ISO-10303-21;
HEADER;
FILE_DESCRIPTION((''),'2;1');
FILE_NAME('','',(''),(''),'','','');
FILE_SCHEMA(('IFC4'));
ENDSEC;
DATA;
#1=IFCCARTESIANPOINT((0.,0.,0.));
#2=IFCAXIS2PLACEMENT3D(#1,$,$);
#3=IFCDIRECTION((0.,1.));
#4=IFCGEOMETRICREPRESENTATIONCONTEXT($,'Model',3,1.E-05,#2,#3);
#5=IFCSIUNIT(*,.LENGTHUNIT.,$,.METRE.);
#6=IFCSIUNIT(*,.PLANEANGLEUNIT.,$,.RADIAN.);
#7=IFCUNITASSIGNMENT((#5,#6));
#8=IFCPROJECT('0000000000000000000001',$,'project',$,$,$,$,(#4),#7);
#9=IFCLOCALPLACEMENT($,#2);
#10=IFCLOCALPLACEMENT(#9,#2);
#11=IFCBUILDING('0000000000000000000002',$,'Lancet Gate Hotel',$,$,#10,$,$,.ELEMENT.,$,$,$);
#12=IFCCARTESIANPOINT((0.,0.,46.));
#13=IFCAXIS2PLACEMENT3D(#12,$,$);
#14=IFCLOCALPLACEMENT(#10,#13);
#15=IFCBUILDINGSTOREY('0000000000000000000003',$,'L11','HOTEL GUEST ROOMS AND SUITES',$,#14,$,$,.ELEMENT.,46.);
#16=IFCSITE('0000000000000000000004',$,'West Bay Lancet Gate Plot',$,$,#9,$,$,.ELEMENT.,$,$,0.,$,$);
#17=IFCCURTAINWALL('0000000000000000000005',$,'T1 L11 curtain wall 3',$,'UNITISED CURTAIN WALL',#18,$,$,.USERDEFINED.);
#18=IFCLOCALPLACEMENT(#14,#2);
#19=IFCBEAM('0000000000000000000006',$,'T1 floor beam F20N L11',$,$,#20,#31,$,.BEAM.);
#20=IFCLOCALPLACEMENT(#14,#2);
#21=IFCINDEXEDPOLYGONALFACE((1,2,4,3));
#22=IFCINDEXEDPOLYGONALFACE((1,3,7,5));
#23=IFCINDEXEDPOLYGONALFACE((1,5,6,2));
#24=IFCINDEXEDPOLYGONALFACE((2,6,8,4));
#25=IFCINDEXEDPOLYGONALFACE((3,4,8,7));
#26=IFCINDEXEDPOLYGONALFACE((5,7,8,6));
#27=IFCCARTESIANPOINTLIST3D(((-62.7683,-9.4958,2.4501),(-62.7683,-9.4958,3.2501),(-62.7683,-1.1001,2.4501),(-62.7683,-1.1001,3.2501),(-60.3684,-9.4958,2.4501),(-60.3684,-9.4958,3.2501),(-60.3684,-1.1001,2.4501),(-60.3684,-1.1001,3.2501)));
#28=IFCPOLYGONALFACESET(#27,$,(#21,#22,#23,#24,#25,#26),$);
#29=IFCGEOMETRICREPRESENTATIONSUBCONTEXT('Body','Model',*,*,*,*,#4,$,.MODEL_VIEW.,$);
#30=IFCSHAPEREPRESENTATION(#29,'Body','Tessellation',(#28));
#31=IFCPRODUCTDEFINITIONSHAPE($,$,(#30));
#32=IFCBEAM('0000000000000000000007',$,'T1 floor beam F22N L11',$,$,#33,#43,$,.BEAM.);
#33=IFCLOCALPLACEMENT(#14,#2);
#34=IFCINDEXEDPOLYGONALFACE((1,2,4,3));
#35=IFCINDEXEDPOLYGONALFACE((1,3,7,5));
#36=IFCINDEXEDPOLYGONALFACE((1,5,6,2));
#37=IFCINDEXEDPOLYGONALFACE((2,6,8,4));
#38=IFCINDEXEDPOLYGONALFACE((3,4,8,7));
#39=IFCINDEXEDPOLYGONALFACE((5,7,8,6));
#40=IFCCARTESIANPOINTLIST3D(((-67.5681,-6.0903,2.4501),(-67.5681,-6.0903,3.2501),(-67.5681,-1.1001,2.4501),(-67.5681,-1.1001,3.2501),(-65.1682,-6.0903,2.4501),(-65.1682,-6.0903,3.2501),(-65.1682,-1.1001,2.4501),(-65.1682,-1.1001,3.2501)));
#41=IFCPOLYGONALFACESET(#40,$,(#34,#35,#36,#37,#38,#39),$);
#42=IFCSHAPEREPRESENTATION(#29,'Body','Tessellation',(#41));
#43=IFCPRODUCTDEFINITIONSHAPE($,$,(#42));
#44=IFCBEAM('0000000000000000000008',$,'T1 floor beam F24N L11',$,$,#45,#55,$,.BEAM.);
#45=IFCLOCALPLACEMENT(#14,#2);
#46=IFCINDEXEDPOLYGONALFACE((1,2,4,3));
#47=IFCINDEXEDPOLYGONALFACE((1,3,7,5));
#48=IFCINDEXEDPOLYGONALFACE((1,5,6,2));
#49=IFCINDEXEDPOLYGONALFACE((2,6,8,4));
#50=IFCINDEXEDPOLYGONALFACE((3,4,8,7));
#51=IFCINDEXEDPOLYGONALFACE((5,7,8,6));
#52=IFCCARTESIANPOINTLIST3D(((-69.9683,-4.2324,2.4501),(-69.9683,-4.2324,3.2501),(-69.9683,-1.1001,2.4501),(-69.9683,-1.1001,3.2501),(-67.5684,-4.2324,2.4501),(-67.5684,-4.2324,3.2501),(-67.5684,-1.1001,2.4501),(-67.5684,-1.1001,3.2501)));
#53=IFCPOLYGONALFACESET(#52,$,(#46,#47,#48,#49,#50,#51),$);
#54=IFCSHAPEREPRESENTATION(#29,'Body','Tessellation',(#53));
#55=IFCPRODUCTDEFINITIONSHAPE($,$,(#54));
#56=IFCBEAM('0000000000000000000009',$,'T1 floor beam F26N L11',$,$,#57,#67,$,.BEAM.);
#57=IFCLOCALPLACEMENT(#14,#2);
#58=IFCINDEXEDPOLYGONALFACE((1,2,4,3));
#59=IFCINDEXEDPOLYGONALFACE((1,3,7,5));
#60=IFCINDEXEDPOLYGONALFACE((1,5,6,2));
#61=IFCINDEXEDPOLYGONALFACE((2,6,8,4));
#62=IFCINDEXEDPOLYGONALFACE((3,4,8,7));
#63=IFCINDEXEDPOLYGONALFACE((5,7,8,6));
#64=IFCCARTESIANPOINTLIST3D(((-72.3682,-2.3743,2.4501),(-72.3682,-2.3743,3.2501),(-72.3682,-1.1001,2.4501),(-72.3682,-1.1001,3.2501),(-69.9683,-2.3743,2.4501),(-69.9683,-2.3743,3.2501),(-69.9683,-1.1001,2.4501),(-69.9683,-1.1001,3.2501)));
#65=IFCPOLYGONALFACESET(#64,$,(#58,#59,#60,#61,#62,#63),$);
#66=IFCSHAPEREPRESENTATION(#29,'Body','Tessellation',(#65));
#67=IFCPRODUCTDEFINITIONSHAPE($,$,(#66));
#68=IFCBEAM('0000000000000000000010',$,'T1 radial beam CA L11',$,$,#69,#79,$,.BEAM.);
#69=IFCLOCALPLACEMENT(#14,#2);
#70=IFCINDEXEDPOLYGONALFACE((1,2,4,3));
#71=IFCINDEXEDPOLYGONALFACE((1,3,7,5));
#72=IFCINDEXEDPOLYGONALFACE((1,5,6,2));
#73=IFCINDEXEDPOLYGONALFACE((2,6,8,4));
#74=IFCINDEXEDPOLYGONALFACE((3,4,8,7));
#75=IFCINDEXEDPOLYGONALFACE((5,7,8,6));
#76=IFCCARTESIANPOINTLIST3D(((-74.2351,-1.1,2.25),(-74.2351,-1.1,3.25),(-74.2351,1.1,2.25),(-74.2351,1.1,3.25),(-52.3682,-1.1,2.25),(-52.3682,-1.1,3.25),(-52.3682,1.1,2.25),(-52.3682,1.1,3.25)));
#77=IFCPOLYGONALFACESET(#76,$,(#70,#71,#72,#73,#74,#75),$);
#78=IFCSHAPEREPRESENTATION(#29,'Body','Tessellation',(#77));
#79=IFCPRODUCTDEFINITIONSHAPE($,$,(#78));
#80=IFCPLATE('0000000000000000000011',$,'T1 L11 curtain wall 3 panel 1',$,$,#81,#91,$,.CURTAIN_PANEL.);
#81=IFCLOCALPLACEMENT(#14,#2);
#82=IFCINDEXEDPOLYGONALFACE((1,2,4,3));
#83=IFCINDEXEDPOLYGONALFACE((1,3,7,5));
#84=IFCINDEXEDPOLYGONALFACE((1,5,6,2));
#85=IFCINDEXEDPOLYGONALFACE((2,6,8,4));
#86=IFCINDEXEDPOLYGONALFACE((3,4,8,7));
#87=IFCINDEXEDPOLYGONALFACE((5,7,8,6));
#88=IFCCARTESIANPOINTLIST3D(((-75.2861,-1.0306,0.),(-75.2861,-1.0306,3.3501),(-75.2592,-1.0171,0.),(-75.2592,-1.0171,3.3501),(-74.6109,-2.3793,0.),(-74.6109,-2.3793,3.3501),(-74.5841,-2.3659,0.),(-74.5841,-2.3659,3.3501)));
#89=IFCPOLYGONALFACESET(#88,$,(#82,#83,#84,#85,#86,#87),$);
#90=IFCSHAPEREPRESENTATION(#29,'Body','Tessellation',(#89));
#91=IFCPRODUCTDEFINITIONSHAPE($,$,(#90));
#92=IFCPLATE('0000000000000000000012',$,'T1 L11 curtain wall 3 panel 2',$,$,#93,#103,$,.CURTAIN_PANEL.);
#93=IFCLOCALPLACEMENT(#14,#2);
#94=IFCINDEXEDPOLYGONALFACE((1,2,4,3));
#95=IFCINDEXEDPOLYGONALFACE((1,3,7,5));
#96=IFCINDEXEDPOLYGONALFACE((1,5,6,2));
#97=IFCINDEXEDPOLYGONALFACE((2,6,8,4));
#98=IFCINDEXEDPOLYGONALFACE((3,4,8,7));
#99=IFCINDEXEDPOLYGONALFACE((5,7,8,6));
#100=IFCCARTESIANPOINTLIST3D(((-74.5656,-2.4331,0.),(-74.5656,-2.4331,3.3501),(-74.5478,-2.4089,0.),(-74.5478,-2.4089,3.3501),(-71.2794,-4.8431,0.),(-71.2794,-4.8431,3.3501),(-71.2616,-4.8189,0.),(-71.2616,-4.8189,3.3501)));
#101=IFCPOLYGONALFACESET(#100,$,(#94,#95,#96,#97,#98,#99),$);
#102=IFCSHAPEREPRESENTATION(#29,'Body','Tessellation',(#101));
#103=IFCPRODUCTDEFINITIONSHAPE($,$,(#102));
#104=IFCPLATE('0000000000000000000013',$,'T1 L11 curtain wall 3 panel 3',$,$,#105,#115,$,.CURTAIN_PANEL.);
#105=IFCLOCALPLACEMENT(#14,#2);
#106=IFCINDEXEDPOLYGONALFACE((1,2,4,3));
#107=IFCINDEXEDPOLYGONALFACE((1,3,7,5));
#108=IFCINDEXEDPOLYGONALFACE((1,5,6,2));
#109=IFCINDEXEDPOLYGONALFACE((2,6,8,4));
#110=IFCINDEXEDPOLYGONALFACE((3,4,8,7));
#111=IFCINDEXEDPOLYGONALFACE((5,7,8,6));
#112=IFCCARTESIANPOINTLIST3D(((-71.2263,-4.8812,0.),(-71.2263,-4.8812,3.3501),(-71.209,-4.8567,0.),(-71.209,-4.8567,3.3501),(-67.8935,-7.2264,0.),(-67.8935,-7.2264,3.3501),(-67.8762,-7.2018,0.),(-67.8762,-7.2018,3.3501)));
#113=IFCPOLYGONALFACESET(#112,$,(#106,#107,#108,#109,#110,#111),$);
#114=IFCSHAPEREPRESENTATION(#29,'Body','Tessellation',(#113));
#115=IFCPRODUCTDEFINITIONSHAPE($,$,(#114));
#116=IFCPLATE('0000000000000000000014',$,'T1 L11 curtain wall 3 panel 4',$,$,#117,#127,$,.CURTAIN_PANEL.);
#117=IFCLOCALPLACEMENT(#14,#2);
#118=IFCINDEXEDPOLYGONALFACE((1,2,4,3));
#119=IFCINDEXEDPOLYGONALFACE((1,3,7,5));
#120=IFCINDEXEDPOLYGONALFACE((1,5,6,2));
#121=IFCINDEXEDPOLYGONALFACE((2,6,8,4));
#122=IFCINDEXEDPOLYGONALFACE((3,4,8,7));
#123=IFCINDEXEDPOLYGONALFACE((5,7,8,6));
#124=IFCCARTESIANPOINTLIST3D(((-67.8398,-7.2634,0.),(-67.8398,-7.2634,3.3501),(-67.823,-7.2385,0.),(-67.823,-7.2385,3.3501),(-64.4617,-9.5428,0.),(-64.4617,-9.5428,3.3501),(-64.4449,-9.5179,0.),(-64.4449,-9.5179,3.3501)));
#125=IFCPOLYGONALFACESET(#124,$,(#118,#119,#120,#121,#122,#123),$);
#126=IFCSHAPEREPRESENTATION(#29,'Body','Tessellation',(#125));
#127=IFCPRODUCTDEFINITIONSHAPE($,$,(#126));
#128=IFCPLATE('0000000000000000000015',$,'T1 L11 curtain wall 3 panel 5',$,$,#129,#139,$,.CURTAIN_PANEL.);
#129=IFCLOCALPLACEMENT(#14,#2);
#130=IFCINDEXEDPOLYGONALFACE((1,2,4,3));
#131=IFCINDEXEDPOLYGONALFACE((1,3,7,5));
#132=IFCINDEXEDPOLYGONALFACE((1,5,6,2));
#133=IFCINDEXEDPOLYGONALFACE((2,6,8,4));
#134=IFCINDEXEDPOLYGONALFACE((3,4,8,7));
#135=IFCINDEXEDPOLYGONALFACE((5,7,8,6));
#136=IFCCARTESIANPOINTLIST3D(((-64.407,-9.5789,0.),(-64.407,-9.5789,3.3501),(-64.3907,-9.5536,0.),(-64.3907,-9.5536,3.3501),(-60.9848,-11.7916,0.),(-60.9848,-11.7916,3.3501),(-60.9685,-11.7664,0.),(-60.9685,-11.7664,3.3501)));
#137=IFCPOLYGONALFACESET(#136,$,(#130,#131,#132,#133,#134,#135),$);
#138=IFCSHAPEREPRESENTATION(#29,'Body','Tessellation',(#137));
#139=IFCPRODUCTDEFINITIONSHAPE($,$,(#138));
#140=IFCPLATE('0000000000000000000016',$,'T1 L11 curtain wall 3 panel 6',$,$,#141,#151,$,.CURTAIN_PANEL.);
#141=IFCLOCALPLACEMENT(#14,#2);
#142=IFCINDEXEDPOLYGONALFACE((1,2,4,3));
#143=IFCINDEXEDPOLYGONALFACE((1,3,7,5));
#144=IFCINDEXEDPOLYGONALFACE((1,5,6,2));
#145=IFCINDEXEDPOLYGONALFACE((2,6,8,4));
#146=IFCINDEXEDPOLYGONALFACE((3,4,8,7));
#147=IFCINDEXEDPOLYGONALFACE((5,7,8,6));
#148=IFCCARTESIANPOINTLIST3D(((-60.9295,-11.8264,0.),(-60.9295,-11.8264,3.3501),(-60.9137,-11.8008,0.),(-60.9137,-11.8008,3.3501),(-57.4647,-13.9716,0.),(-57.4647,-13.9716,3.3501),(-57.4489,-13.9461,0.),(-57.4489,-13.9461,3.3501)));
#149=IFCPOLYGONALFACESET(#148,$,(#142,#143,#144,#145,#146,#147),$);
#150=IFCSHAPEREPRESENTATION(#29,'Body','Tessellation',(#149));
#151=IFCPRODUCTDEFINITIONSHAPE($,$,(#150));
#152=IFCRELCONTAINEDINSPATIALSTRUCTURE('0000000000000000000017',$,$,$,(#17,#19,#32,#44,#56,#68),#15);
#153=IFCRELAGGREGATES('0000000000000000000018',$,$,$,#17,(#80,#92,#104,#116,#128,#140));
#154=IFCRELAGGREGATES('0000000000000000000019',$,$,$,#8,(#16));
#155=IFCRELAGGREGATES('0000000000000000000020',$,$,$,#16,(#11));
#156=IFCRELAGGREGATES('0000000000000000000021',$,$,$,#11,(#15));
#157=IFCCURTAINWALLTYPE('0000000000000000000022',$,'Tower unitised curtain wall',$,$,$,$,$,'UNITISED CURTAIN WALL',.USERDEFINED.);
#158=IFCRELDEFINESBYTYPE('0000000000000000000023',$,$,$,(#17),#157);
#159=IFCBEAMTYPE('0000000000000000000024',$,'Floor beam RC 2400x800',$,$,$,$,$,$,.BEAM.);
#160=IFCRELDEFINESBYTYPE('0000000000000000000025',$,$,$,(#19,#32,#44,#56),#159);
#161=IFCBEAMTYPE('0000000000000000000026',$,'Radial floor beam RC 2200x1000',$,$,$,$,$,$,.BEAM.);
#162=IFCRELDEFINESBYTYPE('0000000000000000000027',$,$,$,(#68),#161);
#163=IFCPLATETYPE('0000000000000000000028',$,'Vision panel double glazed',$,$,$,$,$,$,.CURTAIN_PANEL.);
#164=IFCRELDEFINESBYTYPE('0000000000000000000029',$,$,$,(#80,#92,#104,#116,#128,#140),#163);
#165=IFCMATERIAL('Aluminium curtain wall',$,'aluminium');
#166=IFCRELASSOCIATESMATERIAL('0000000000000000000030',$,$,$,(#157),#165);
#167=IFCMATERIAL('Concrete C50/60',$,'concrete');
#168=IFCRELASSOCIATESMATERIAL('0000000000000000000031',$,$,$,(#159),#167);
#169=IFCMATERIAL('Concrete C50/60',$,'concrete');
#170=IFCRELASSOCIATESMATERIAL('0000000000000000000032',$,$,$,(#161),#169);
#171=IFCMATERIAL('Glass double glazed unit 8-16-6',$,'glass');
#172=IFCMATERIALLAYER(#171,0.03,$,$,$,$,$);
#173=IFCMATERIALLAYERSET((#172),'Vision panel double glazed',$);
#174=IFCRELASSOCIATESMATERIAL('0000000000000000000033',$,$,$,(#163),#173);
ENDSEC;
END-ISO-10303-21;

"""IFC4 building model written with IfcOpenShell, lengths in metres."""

from ifc_helpers import new_model, si_unit, direction, frame, origin, origin_2d, place, context, subcontext, project, spatial, rectangle, extrude, material, layer, layer_set, material_profile, profile_set, type_object, element, aggregate, save


model = new_model("IFC4")

# Units and contexts
model_context = context("Model", 3, precision=1e-05, world=origin(), true_north=direction((0.0, 1.0)))
body_context = subcontext(model_context, "Body", "Model", "MODEL_VIEW")
ifc_project = project(units=[si_unit("LENGTHUNIT", "METRE"), si_unit("PLANEANGLEUNIT", "RADIAN")], contexts=[model_context])

# Site, building, storey
site_placement = place(None, origin())
site = spatial("IfcSite", under=ifc_project, at=site_placement, Name="West Bay Lancet Gate Plot", CompositionType="ELEMENT", RefElevation=0.0)
building_placement = place(site_placement, origin())
building = spatial("IfcBuilding", under=site, at=building_placement, Name="Lancet Gate Hotel", CompositionType="ELEMENT")
storey_placement = place(building_placement, frame((0.0, 0.0, 46.0)))
storey = spatial("IfcBuildingStorey", under=building, at=storey_placement, Name="L11", Description="HOTEL GUEST ROOMS AND SUITES", CompositionType="ELEMENT", Elevation=46.0)

# Curtain wall
ifc_material_1 = material(Name="Aluminium curtain wall", Category="aluminium")
curtain_wall_type = type_object("IfcCurtainWallType", Name="Tower unitised curtain wall", ElementType="UNITISED CURTAIN WALL", PredefinedType="USERDEFINED", material=ifc_material_1)
curtain_wall_placement = place(storey_placement, origin())
curtain_wall = element("IfcCurtainWall", 1, at=curtain_wall_placement, inside=storey, type_object=curtain_wall_type, Name="T1 L11 curtain wall 3", ObjectType="UNITISED CURTAIN WALL", PredefinedType="USERDEFINED")

# Beams
ifc_material_2 = material(Name="Concrete C50/60", Category="concrete")
ifc_material_profile_1 = material_profile(ifc_material_2, rectangle(XDim=2.3999, YDim=0.8, at=origin_2d()), Name="RC 2400x800")
ifc_profile_set_1 = profile_set([ifc_material_profile_1], Name="Concrete C50/60")
beam_type_1 = type_object("IfcBeamType", Name="Floor beam RC 2400x800", PredefinedType="BEAM", material=ifc_profile_set_1)
beam_1_placement = place(storey_placement, frame((-61.5684, -1.1001, 2.8501), z_axis=(0.0, -1.0, 0.0), x_axis=(1.0, 0.0, 0.0)))
element("IfcBeam", 2, at=beam_1_placement, inside=storey, type_object=beam_type_1, Name="T1 floor beam F20N L11", PredefinedType="BEAM", context=body_context, shape_type="SweptSolid", body=[
    extrude(rectangle(XDim=2.3999, YDim=0.8, at=origin_2d()), origin(), (0.0, 0.0, 1.0), 8.3958),
])
beam_2_placement = place(storey_placement, frame((-66.3682, -1.1001, 2.8501), z_axis=(0.0, -1.0, 0.0), x_axis=(1.0, 0.0, 0.0)))
element("IfcBeam", 3, at=beam_2_placement, inside=storey, type_object=beam_type_1, Name="T1 floor beam F22N L11", PredefinedType="BEAM", context=body_context, shape_type="SweptSolid", body=[
    extrude(rectangle(XDim=2.3999, YDim=0.8, at=origin_2d()), origin(), (0.0, 0.0, 1.0), 4.9902),
])
beam_3_placement = place(storey_placement, frame((-68.7683, -1.1001, 2.8501), z_axis=(0.0, -1.0, 0.0), x_axis=(1.0, 0.0, 0.0)))
element("IfcBeam", 4, at=beam_3_placement, inside=storey, type_object=beam_type_1, Name="T1 floor beam F24N L11", PredefinedType="BEAM", context=body_context, shape_type="SweptSolid", body=[
    extrude(rectangle(XDim=2.3999, YDim=0.8, at=origin_2d()), origin(), (0.0, 0.0, 1.0), 3.1323),
])
beam_4_placement = place(storey_placement, frame((-71.1682, -1.1001, 2.8501), z_axis=(0.0, -1.0, 0.0), x_axis=(1.0, 0.0, 0.0)))
element("IfcBeam", 5, at=beam_4_placement, inside=storey, type_object=beam_type_1, Name="T1 floor beam F26N L11", PredefinedType="BEAM", context=body_context, shape_type="SweptSolid", body=[
    extrude(rectangle(XDim=2.3999, YDim=0.8, at=origin_2d()), origin(), (0.0, 0.0, 1.0), 1.2742),
])
ifc_material_3 = material(Name="Concrete C50/60", Category="concrete")
ifc_material_profile_2 = material_profile(ifc_material_3, rectangle(XDim=2.2, YDim=1.0, at=origin_2d()), Name="RC 2200x1000")
ifc_profile_set_2 = profile_set([ifc_material_profile_2], Name="Concrete C50/60")
beam_type_2 = type_object("IfcBeamType", Name="Radial floor beam RC 2200x1000", PredefinedType="BEAM", material=ifc_profile_set_2)
beam_5_placement = place(storey_placement, frame((-74.2351, 0.0, 2.75), z_axis=(1.0, 0.0, 0.0), x_axis=(0.0, 1.0, 0.0)))
element("IfcBeam", 6, at=beam_5_placement, inside=storey, type_object=beam_type_2, Name="T1 radial beam CA L11", PredefinedType="BEAM", context=body_context, shape_type="SweptSolid", body=[
    extrude(rectangle(XDim=2.2, YDim=1.0, at=origin_2d()), origin(), (0.0, 0.0, 1.0), 21.8669),
])

# Plates
ifc_material_4 = material(Name="Glass double glazed unit 8-16-6", Category="glass")
ifc_layer = layer(ifc_material_4, 0.03)
ifc_layer_set = layer_set([ifc_layer], Name="Vision panel double glazed")
plate_type = type_object("IfcPlateType", Name="Vision panel double glazed", PredefinedType="CURTAIN_PANEL", material=ifc_layer_set)
plate_1_placement = place(storey_placement, frame((-74.9351, -1.6982, 0.0), z_axis=(0.0, 0.0, 1.0), x_axis=(0.447628, -0.89422, 0.0)))
plate_1 = element("IfcPlate", 7, at=plate_1_placement, type_object=plate_type, Name="T1 L11 curtain wall 3 panel 1", PredefinedType="CURTAIN_PANEL", context=body_context, shape_type="SweptSolid", body=[
    extrude(rectangle(XDim=1.5083, YDim=0.03, at=origin_2d()), origin(), (0.0, 0.0, 1.0), 3.3501),
])
plate_2_placement = place(storey_placement, frame((-72.9136, -3.626, 0.0), z_axis=(0.0, 0.0, 1.0), x_axis=(0.80639, -0.591384, 0.0)))
plate_2 = element("IfcPlate", 8, at=plate_2_placement, type_object=plate_type, Name="T1 L11 curtain wall 3 panel 2", PredefinedType="CURTAIN_PANEL", context=body_context, shape_type="SweptSolid", body=[
    extrude(rectangle(XDim=4.0752, YDim=0.03, at=origin_2d()), origin(), (0.0, 0.0, 1.0), 3.3501),
])
plate_3_placement = place(storey_placement, frame((-69.5513, -6.0415, 0.0), z_axis=(0.0, 0.0, 1.0), x_axis=(0.817825, -0.575467, 0.0)))
plate_3 = element("IfcPlate", 9, at=plate_3_placement, type_object=plate_type, Name="T1 L11 curtain wall 3 panel 3", PredefinedType="CURTAIN_PANEL", context=body_context, shape_type="SweptSolid", body=[
    extrude(rectangle(XDim=4.0752, YDim=0.03, at=origin_2d()), origin(), (0.0, 0.0, 1.0), 3.3501),
])
plate_4_placement = place(storey_placement, frame((-66.1423, -8.3906, 0.0), z_axis=(0.0, 0.0, 1.0), x_axis=(0.828946, -0.559329, 0.0)))
plate_4 = element("IfcPlate", 10, at=plate_4_placement, type_object=plate_type, Name="T1 L11 curtain wall 3 panel 4", PredefinedType="CURTAIN_PANEL", context=body_context, shape_type="SweptSolid", body=[
    extrude(rectangle(XDim=4.0752, YDim=0.03, at=origin_2d()), origin(), (0.0, 0.0, 1.0), 3.3501),
])
plate_5_placement = place(storey_placement, frame((-62.6877, -10.6726, 0.0), z_axis=(0.0, 0.0, 1.0), x_axis=(0.839749, -0.542975, 0.0)))
plate_5 = element("IfcPlate", 11, at=plate_5_placement, type_object=plate_type, Name="T1 L11 curtain wall 3 panel 5", PredefinedType="CURTAIN_PANEL", context=body_context, shape_type="SweptSolid", body=[
    extrude(rectangle(XDim=4.0752, YDim=0.03, at=origin_2d()), origin(), (0.0, 0.0, 1.0), 3.3501),
])
plate_6_placement = place(storey_placement, frame((-59.1892, -12.8862, 0.0), z_axis=(0.0, 0.0, 1.0), x_axis=(0.850229, -0.526414, 0.0)))
plate_6 = element("IfcPlate", 12, at=plate_6_placement, type_object=plate_type, Name="T1 L11 curtain wall 3 panel 6", PredefinedType="CURTAIN_PANEL", context=body_context, shape_type="SweptSolid", body=[
    extrude(rectangle(XDim=4.0752, YDim=0.03, at=origin_2d()), origin(), (0.0, 0.0, 1.0), 3.3501),
])
aggregate(curtain_wall, [plate_1, plate_2, plate_3, plate_4, plate_5, plate_6])

save(model, "model.ifc")
